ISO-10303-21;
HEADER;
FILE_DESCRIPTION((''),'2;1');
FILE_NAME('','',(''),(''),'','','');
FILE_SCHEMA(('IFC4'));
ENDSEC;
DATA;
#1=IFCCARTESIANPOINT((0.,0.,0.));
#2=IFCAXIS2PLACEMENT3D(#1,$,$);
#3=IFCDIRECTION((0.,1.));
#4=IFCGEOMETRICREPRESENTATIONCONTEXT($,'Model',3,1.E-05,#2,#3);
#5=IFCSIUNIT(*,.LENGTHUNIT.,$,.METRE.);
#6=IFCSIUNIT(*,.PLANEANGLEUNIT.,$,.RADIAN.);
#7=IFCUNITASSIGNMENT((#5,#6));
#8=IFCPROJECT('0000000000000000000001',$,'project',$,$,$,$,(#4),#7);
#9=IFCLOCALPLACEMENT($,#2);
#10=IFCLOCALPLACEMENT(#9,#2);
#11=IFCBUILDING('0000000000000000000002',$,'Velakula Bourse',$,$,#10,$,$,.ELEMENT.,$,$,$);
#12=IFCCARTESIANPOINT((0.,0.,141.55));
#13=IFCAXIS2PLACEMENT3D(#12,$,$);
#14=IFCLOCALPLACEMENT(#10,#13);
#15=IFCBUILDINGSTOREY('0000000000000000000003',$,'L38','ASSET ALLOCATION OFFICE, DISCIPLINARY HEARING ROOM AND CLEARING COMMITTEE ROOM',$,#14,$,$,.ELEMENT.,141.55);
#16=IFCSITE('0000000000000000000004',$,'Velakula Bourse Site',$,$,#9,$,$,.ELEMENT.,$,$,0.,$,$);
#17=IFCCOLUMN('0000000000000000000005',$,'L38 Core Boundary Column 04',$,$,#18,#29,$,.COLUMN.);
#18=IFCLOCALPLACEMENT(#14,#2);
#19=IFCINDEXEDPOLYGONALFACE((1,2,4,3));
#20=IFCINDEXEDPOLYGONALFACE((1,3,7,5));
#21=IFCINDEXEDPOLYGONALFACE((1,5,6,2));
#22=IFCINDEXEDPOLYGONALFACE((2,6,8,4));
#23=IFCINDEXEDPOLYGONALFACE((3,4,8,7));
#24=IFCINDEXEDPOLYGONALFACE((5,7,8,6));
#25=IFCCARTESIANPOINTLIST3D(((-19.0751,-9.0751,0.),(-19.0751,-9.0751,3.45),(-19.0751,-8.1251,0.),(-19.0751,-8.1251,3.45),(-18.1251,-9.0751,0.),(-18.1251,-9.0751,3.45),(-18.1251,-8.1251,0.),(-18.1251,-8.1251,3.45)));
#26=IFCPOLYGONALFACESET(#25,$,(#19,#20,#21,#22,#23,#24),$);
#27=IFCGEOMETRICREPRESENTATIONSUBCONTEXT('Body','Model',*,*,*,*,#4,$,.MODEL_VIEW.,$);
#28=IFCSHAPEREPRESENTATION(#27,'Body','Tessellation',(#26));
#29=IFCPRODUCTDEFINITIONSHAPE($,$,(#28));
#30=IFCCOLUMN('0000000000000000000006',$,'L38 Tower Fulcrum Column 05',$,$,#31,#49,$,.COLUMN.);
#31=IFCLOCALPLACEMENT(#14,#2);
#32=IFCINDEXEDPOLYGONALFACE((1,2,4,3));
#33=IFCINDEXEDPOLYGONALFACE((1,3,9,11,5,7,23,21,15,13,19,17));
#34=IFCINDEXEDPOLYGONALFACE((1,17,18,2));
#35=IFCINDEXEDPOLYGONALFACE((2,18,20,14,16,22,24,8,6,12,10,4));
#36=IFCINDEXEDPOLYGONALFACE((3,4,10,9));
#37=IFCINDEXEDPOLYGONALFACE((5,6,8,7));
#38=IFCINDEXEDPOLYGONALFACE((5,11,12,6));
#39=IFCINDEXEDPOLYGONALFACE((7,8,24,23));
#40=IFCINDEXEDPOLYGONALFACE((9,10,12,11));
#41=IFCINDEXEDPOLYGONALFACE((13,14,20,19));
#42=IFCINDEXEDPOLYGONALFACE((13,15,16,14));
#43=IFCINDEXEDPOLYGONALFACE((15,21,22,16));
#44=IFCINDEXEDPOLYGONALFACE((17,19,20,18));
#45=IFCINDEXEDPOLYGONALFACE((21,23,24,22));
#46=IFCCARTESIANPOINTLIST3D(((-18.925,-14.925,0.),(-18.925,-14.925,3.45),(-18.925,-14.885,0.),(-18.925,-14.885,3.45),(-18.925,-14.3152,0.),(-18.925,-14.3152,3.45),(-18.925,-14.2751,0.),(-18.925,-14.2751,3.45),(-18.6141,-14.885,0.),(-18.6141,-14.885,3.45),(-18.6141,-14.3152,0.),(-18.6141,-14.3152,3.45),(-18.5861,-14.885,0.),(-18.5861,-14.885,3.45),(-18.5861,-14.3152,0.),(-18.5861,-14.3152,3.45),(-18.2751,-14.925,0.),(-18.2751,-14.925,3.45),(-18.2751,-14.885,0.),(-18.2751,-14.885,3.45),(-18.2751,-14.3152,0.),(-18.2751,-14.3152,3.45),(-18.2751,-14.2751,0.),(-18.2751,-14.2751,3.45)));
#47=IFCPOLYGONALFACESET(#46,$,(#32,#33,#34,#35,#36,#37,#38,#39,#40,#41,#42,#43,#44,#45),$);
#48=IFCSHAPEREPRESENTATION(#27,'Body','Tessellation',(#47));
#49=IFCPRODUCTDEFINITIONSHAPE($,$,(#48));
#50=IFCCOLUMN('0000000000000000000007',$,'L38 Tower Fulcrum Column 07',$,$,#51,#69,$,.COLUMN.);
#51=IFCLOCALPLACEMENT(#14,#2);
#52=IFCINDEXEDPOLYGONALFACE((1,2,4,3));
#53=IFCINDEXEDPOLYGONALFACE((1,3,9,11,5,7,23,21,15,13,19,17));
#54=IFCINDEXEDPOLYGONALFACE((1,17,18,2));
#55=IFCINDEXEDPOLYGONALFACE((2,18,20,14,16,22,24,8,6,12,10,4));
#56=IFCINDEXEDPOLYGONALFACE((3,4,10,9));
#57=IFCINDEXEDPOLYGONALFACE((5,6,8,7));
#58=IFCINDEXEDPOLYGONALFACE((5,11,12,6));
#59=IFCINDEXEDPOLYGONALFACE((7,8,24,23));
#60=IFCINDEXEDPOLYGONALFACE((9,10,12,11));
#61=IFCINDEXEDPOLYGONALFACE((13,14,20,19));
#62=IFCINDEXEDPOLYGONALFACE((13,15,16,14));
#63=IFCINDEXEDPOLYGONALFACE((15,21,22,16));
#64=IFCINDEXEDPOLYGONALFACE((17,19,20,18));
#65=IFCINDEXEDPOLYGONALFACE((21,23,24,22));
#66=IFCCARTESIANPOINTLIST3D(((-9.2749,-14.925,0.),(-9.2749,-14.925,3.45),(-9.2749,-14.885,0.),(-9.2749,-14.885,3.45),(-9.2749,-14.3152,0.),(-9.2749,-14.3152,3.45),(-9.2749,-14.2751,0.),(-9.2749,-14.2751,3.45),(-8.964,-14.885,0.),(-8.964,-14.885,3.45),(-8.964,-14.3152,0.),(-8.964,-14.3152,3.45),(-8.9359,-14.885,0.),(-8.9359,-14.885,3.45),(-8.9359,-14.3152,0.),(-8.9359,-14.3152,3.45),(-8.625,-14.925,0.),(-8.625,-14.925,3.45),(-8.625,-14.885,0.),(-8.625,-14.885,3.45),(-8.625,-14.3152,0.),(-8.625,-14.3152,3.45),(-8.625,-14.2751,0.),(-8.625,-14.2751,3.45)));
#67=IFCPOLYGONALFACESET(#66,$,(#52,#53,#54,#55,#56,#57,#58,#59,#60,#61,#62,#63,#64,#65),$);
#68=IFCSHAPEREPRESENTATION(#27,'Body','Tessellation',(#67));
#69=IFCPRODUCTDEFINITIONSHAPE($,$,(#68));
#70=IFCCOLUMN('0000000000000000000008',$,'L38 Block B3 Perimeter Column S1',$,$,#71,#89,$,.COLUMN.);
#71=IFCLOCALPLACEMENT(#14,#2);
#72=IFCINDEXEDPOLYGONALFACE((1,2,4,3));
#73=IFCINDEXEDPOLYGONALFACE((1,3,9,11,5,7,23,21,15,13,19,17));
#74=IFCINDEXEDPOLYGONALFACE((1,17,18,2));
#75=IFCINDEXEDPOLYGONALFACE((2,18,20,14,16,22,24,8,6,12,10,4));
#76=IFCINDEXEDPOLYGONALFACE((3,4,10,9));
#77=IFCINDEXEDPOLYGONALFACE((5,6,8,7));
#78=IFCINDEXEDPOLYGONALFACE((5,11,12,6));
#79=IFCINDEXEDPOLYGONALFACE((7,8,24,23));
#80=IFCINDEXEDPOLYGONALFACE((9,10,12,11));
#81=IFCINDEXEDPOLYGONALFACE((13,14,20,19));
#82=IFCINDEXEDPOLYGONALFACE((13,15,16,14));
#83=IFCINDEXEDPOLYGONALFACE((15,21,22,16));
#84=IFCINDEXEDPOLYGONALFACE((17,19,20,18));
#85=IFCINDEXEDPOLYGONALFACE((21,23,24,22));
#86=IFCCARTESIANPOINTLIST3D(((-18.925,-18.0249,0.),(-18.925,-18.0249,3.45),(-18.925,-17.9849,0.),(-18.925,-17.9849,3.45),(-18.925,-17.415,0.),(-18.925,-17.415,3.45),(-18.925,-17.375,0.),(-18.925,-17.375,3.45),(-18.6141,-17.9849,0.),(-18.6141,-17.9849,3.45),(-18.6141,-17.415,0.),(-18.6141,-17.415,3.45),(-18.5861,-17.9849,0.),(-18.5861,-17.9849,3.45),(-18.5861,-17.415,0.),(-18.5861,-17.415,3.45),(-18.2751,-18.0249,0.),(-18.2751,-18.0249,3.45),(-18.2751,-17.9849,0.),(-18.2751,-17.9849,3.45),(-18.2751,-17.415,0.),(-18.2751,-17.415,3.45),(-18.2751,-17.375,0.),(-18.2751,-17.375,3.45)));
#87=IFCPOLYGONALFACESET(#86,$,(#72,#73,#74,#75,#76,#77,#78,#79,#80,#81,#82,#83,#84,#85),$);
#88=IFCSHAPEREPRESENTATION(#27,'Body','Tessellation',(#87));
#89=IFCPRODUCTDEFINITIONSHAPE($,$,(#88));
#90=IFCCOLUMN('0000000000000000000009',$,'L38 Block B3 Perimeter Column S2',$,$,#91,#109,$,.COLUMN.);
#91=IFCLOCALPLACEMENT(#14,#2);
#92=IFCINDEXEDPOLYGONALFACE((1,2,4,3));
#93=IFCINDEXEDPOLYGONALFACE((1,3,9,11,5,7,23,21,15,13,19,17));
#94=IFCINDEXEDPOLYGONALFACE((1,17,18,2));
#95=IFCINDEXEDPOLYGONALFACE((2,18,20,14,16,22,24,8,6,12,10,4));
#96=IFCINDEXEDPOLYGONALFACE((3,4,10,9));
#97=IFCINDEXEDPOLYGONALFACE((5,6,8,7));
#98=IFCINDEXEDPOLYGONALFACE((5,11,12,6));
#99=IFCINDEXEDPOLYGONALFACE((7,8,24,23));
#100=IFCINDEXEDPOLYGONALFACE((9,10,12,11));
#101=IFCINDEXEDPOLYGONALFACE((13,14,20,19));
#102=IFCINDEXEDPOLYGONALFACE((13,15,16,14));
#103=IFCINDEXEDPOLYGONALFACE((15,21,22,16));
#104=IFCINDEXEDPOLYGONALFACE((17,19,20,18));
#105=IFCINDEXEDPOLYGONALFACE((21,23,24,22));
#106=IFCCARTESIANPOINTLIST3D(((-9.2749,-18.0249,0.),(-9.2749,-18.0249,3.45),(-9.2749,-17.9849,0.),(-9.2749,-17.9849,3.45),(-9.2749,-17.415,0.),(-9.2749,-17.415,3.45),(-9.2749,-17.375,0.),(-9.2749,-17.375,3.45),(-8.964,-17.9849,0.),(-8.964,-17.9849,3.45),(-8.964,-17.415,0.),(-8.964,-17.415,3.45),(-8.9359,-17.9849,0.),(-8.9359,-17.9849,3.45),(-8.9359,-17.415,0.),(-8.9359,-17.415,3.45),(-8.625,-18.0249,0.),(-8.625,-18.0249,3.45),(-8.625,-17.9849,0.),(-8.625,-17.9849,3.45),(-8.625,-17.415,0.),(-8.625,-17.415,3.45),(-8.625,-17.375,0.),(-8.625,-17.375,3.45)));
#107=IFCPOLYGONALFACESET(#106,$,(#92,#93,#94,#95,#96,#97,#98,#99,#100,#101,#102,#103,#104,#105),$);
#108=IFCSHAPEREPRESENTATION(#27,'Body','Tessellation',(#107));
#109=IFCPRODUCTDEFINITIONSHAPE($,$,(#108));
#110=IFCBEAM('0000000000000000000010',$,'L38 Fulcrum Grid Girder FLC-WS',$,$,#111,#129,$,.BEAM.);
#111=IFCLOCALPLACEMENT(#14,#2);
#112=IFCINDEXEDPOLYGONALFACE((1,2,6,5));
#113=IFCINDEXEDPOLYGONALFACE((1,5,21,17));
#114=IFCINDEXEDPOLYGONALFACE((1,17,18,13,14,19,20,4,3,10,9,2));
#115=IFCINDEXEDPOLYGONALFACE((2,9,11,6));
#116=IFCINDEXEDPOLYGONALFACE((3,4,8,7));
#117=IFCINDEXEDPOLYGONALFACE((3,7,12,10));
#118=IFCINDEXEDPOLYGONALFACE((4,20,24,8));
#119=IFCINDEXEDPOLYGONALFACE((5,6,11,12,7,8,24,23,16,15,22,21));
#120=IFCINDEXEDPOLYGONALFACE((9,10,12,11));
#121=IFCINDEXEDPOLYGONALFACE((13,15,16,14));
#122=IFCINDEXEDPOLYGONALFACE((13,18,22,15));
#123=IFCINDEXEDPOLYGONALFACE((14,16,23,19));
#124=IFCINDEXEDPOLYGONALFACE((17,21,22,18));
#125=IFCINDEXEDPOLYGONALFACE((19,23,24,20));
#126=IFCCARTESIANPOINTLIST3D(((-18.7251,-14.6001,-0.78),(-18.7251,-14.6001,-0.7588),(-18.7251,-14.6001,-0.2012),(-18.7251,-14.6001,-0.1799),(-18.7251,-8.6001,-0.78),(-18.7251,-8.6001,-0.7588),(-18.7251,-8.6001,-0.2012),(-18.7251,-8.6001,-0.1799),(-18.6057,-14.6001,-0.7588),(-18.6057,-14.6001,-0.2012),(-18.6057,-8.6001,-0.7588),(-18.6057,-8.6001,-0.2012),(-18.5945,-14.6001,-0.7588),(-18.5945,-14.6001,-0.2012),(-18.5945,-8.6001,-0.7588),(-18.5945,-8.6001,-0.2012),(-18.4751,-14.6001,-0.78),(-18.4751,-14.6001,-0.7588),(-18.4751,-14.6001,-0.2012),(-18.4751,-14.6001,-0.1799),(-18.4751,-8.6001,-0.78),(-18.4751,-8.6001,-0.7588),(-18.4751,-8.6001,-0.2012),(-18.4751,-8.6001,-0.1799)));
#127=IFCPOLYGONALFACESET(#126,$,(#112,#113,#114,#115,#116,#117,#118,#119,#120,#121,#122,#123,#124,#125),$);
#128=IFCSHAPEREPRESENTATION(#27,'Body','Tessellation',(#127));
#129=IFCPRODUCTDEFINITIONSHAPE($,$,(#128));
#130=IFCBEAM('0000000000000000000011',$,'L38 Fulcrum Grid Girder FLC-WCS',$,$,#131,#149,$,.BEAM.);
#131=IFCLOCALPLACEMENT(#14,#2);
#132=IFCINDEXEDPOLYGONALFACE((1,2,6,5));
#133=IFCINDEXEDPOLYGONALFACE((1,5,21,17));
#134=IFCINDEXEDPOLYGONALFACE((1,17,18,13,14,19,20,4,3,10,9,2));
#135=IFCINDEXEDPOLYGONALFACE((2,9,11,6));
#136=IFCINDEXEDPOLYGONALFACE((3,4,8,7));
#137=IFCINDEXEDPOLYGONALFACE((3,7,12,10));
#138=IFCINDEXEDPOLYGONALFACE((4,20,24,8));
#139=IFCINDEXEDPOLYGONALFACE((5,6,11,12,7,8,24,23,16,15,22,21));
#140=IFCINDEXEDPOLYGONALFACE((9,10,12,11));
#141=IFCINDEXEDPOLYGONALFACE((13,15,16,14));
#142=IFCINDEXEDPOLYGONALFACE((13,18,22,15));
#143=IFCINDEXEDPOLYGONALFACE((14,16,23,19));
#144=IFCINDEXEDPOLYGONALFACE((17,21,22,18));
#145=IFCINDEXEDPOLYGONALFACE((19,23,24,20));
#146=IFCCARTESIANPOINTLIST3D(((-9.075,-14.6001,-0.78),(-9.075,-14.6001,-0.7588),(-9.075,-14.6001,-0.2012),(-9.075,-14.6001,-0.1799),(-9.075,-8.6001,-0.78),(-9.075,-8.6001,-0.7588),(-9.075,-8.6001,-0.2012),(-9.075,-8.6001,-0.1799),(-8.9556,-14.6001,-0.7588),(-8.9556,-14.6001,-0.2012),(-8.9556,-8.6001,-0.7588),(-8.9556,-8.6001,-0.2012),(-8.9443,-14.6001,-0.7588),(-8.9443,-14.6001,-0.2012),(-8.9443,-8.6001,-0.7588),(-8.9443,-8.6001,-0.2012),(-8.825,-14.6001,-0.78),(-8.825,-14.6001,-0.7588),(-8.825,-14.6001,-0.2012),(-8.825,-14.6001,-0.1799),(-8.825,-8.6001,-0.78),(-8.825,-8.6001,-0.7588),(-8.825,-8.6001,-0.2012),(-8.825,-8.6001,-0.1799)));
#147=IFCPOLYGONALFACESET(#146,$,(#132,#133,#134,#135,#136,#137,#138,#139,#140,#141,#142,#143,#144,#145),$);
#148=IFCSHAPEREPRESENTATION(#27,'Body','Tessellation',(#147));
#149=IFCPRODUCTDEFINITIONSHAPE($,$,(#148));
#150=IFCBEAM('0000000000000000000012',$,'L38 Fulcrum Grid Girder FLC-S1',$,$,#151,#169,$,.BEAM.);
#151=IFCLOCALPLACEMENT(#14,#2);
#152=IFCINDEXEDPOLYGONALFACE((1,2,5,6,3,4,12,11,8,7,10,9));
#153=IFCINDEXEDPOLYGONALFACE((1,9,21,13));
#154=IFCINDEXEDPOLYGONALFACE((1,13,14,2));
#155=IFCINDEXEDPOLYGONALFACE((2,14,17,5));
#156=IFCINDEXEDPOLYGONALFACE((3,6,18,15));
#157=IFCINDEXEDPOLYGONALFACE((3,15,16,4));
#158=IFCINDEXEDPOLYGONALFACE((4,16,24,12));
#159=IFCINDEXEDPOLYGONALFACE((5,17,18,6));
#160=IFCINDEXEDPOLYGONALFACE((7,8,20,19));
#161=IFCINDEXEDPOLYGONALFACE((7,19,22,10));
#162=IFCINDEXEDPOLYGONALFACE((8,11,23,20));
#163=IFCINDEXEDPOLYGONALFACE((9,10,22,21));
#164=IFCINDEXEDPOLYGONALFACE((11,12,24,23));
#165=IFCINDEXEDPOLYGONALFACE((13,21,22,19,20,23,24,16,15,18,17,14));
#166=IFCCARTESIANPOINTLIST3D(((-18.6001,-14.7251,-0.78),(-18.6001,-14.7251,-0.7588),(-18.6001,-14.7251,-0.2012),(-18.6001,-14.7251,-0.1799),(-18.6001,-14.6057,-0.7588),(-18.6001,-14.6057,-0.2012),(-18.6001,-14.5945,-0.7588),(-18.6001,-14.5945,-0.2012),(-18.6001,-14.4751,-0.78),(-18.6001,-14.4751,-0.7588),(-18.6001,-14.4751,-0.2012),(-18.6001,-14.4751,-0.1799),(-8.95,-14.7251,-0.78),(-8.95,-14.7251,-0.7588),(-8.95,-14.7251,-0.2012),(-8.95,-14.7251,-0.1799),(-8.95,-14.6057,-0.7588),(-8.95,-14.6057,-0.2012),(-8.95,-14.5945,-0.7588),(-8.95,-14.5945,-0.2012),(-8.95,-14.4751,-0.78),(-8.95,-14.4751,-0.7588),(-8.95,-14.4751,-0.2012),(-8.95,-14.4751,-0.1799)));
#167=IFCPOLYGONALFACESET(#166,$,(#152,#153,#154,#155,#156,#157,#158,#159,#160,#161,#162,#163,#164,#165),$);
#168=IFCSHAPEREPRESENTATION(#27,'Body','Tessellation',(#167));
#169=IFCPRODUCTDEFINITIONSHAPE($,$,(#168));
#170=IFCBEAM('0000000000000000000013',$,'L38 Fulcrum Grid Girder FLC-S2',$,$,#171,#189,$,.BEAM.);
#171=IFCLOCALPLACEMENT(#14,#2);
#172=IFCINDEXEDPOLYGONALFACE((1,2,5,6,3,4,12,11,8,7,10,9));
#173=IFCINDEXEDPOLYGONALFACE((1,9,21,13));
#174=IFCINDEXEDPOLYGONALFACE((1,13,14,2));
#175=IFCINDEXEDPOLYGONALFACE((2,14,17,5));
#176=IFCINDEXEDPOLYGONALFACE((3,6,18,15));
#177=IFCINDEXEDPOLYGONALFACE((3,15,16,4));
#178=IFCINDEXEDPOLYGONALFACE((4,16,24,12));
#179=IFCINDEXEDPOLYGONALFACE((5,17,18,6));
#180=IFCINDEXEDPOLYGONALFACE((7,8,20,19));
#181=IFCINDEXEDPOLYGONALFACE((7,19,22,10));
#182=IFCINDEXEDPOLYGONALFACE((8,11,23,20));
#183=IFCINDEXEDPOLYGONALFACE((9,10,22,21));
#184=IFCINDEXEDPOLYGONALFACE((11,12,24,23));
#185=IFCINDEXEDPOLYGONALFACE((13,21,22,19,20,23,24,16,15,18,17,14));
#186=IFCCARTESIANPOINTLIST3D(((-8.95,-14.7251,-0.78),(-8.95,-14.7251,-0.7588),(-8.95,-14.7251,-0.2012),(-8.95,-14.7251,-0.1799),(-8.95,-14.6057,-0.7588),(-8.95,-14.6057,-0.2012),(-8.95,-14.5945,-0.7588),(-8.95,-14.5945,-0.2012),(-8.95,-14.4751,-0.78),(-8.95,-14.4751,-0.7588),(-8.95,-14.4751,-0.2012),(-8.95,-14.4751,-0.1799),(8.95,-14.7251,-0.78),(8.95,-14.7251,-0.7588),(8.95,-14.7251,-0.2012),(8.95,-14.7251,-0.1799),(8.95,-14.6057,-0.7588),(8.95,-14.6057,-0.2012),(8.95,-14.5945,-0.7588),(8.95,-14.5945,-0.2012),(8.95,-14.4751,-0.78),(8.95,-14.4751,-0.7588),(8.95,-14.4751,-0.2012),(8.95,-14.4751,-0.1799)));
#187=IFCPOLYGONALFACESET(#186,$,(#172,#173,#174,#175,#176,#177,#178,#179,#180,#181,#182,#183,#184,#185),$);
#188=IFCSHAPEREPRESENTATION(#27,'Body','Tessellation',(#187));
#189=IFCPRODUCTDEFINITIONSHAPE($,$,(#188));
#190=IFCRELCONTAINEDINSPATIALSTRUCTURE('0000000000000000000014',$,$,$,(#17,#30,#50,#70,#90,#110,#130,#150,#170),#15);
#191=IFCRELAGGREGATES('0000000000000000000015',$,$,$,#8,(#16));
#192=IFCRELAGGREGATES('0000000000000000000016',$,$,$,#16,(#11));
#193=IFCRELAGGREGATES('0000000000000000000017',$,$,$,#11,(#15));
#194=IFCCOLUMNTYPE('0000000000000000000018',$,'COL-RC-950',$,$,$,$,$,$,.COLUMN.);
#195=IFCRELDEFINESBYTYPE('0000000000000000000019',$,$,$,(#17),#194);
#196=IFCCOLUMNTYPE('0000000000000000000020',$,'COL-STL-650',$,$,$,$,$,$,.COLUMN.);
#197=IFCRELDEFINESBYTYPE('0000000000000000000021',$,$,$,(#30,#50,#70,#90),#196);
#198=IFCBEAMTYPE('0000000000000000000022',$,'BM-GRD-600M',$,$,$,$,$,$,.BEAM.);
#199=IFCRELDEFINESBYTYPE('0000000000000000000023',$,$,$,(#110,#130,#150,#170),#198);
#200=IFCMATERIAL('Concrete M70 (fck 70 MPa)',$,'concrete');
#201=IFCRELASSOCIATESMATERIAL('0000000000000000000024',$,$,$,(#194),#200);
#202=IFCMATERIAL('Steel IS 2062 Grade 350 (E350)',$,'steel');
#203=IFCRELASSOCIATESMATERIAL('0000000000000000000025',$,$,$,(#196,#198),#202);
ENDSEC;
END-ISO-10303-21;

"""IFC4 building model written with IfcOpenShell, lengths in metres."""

from ifc_helpers import new_model, si_unit, direction, frame, origin, origin_2d, place, context, subcontext, project, spatial, rectangle, i_section, extrude, material, material_profile, profile_set, type_object, element, save


model = new_model("IFC4")

# Units and contexts
model_context = context("Model", 3, precision=1e-05, world=origin(), true_north=direction((0.0, 1.0)))
body_context = subcontext(model_context, "Body", "Model", "MODEL_VIEW")
ifc_project = project(units=[si_unit("LENGTHUNIT", "METRE"), si_unit("PLANEANGLEUNIT", "RADIAN")], contexts=[model_context])

# Site, building, storey
site_placement = place(None, origin())
site = spatial("IfcSite", under=ifc_project, at=site_placement, Name="Velakula Bourse Site", CompositionType="ELEMENT", RefElevation=0.0)
building_placement = place(site_placement, origin())
building = spatial("IfcBuilding", under=site, at=building_placement, Name="Velakula Bourse", CompositionType="ELEMENT")
storey_placement = place(building_placement, frame((0.0, 0.0, 141.55)))
storey = spatial("IfcBuildingStorey", under=building, at=storey_placement, Name="L38", Description="ASSET ALLOCATION OFFICE, DISCIPLINARY HEARING ROOM AND CLEARING COMMITTEE ROOM", CompositionType="ELEMENT", Elevation=141.55)

# Columns
ifc_material_1 = material(Name="Concrete M70 (fck 70 MPa)", Category="concrete")
ifc_material_profile_1 = material_profile(ifc_material_1, rectangle(XDim=0.95, YDim=0.95, at=origin_2d()), Name="Concrete M70 (fck 70 MPa)")
ifc_profile_set_1 = profile_set([ifc_material_profile_1], Name="Concrete M70 (fck 70 MPa)")
column_type_1 = type_object("IfcColumnType", Name="COL-RC-950", PredefinedType="COLUMN", material=ifc_profile_set_1)
column_placement = place(storey_placement, frame((-18.6001, -8.6001, 0.0), z_axis=(0.0, 0.0, 1.0), x_axis=(1.0, 0.0, 0.0)))
element("IfcColumn", 1, at=column_placement, inside=storey, type_object=column_type_1, Name="L38 Core Boundary Column 04", PredefinedType="COLUMN", context=body_context, shape_type="SweptSolid", body=[
    extrude(rectangle(XDim=0.95, YDim=0.95, at=origin_2d()), origin(), (0.0, 0.0, 1.0), 3.45),
])
ifc_material_2 = material(Name="Steel IS 2062 Grade 350 (E350)", Category="steel")
ifc_material_profile_2 = material_profile(ifc_material_2, i_section(OverallWidth=0.6499, OverallDepth=0.6499, WebThickness=0.0281, FlangeThickness=0.04, at=origin_2d()), Name="Steel IS 2062 Grade 350 (E350)")
ifc_profile_set_2 = profile_set([ifc_material_profile_2], Name="Steel IS 2062 Grade 350 (E350)")
column_type_2 = type_object("IfcColumnType", Name="COL-STL-650", PredefinedType="COLUMN", material=ifc_profile_set_2)
for number, where, z_axis, x_axis, name in (
    (2, (-18.6001, -14.6001, 0.0), (0.0, 0.0, 1.0), (1.0, 0.0, 0.0), "L38 Tower Fulcrum Column 05"),
    (3, (-8.95, -14.6001, 0.0), (0.0, 0.0, 1.0), (1.0, 0.0, 0.0), "L38 Tower Fulcrum Column 07"),
    (4, (-18.6001, -17.7, 0.0), (0.0, 0.0, 1.0), (1.0, 0.0, 0.0), "L38 Block B3 Perimeter Column S1"),
    (5, (-8.95, -17.7, 0.0), (0.0, 0.0, 1.0), (1.0, 0.0, 0.0), "L38 Block B3 Perimeter Column S2"),
):
    element("IfcColumn", number, at=place(storey_placement, frame(where, z_axis=z_axis, x_axis=x_axis)), inside=storey, type_object=column_type_2, Name=name, PredefinedType="COLUMN", context=body_context, shape_type="SweptSolid", body=[
        extrude(i_section(OverallWidth=0.6499, OverallDepth=0.6499, WebThickness=0.0281, FlangeThickness=0.04, at=origin_2d()), origin(), (0.0, 0.0, 1.0), 3.45),
    ])

# Beams
ifc_material_profile_3 = material_profile(ifc_material_2, i_section(OverallWidth=0.25, OverallDepth=0.6001, WebThickness=0.0112, FlangeThickness=0.0212, at=origin_2d()), Name="Steel IS 2062 Grade 350 (E350)")
ifc_profile_set_3 = profile_set([ifc_material_profile_3], Name="Steel IS 2062 Grade 350 (E350)")
beam_type_1 = type_object("IfcBeamType", Name="BM-GRD-600M", PredefinedType="BEAM", material=ifc_profile_set_3)
for number, where, z_axis, x_axis, name in (
    (6, (-18.6001, -14.6001, -0.48), (0.0, 1.0, 0.0), (-1.0, 0.0, 0.0), "L38 Fulcrum Grid Girder FLC-WS"),
    (7, (-8.95, -14.6001, -0.48), (0.0, 1.0, 0.0), (-1.0, 0.0, 0.0), "L38 Fulcrum Grid Girder FLC-WCS"),
):
    element("IfcBeam", number, at=place(storey_placement, frame(where, z_axis=z_axis, x_axis=x_axis)), inside=storey, type_object=beam_type_1, Name=name, PredefinedType="BEAM", context=body_context, shape_type="SweptSolid", body=[
        extrude(i_section(OverallWidth=0.25, OverallDepth=0.6001, WebThickness=0.0112, FlangeThickness=0.0212, at=origin_2d()), origin(), (0.0, 0.0, 1.0), 6.0),
    ])
beam_1_placement = place(storey_placement, frame((-18.6001, -14.6001, -0.48), z_axis=(1.0, 0.0, 0.0), x_axis=(0.0, 1.0, 0.0)))
element("IfcBeam", 8, at=beam_1_placement, inside=storey, type_object=beam_type_1, Name="L38 Fulcrum Grid Girder FLC-S1", PredefinedType="BEAM", context=body_context, shape_type="SweptSolid", body=[
    extrude(i_section(OverallWidth=0.25, OverallDepth=0.6001, WebThickness=0.0112, FlangeThickness=0.0212, at=origin_2d()), origin(), (0.0, 0.0, 1.0), 9.6501),
])
beam_2_placement = place(storey_placement, frame((-8.95, -14.6001, -0.48), z_axis=(1.0, 0.0, 0.0), x_axis=(0.0, 1.0, 0.0)))
element("IfcBeam", 9, at=beam_2_placement, inside=storey, type_object=beam_type_1, Name="L38 Fulcrum Grid Girder FLC-S2", PredefinedType="BEAM", context=body_context, shape_type="SweptSolid", body=[
    extrude(i_section(OverallWidth=0.25, OverallDepth=0.6001, WebThickness=0.0112, FlangeThickness=0.0212, at=origin_2d()), origin(), (0.0, 0.0, 1.0), 17.8999),
])

save(model, "model.ifc")
